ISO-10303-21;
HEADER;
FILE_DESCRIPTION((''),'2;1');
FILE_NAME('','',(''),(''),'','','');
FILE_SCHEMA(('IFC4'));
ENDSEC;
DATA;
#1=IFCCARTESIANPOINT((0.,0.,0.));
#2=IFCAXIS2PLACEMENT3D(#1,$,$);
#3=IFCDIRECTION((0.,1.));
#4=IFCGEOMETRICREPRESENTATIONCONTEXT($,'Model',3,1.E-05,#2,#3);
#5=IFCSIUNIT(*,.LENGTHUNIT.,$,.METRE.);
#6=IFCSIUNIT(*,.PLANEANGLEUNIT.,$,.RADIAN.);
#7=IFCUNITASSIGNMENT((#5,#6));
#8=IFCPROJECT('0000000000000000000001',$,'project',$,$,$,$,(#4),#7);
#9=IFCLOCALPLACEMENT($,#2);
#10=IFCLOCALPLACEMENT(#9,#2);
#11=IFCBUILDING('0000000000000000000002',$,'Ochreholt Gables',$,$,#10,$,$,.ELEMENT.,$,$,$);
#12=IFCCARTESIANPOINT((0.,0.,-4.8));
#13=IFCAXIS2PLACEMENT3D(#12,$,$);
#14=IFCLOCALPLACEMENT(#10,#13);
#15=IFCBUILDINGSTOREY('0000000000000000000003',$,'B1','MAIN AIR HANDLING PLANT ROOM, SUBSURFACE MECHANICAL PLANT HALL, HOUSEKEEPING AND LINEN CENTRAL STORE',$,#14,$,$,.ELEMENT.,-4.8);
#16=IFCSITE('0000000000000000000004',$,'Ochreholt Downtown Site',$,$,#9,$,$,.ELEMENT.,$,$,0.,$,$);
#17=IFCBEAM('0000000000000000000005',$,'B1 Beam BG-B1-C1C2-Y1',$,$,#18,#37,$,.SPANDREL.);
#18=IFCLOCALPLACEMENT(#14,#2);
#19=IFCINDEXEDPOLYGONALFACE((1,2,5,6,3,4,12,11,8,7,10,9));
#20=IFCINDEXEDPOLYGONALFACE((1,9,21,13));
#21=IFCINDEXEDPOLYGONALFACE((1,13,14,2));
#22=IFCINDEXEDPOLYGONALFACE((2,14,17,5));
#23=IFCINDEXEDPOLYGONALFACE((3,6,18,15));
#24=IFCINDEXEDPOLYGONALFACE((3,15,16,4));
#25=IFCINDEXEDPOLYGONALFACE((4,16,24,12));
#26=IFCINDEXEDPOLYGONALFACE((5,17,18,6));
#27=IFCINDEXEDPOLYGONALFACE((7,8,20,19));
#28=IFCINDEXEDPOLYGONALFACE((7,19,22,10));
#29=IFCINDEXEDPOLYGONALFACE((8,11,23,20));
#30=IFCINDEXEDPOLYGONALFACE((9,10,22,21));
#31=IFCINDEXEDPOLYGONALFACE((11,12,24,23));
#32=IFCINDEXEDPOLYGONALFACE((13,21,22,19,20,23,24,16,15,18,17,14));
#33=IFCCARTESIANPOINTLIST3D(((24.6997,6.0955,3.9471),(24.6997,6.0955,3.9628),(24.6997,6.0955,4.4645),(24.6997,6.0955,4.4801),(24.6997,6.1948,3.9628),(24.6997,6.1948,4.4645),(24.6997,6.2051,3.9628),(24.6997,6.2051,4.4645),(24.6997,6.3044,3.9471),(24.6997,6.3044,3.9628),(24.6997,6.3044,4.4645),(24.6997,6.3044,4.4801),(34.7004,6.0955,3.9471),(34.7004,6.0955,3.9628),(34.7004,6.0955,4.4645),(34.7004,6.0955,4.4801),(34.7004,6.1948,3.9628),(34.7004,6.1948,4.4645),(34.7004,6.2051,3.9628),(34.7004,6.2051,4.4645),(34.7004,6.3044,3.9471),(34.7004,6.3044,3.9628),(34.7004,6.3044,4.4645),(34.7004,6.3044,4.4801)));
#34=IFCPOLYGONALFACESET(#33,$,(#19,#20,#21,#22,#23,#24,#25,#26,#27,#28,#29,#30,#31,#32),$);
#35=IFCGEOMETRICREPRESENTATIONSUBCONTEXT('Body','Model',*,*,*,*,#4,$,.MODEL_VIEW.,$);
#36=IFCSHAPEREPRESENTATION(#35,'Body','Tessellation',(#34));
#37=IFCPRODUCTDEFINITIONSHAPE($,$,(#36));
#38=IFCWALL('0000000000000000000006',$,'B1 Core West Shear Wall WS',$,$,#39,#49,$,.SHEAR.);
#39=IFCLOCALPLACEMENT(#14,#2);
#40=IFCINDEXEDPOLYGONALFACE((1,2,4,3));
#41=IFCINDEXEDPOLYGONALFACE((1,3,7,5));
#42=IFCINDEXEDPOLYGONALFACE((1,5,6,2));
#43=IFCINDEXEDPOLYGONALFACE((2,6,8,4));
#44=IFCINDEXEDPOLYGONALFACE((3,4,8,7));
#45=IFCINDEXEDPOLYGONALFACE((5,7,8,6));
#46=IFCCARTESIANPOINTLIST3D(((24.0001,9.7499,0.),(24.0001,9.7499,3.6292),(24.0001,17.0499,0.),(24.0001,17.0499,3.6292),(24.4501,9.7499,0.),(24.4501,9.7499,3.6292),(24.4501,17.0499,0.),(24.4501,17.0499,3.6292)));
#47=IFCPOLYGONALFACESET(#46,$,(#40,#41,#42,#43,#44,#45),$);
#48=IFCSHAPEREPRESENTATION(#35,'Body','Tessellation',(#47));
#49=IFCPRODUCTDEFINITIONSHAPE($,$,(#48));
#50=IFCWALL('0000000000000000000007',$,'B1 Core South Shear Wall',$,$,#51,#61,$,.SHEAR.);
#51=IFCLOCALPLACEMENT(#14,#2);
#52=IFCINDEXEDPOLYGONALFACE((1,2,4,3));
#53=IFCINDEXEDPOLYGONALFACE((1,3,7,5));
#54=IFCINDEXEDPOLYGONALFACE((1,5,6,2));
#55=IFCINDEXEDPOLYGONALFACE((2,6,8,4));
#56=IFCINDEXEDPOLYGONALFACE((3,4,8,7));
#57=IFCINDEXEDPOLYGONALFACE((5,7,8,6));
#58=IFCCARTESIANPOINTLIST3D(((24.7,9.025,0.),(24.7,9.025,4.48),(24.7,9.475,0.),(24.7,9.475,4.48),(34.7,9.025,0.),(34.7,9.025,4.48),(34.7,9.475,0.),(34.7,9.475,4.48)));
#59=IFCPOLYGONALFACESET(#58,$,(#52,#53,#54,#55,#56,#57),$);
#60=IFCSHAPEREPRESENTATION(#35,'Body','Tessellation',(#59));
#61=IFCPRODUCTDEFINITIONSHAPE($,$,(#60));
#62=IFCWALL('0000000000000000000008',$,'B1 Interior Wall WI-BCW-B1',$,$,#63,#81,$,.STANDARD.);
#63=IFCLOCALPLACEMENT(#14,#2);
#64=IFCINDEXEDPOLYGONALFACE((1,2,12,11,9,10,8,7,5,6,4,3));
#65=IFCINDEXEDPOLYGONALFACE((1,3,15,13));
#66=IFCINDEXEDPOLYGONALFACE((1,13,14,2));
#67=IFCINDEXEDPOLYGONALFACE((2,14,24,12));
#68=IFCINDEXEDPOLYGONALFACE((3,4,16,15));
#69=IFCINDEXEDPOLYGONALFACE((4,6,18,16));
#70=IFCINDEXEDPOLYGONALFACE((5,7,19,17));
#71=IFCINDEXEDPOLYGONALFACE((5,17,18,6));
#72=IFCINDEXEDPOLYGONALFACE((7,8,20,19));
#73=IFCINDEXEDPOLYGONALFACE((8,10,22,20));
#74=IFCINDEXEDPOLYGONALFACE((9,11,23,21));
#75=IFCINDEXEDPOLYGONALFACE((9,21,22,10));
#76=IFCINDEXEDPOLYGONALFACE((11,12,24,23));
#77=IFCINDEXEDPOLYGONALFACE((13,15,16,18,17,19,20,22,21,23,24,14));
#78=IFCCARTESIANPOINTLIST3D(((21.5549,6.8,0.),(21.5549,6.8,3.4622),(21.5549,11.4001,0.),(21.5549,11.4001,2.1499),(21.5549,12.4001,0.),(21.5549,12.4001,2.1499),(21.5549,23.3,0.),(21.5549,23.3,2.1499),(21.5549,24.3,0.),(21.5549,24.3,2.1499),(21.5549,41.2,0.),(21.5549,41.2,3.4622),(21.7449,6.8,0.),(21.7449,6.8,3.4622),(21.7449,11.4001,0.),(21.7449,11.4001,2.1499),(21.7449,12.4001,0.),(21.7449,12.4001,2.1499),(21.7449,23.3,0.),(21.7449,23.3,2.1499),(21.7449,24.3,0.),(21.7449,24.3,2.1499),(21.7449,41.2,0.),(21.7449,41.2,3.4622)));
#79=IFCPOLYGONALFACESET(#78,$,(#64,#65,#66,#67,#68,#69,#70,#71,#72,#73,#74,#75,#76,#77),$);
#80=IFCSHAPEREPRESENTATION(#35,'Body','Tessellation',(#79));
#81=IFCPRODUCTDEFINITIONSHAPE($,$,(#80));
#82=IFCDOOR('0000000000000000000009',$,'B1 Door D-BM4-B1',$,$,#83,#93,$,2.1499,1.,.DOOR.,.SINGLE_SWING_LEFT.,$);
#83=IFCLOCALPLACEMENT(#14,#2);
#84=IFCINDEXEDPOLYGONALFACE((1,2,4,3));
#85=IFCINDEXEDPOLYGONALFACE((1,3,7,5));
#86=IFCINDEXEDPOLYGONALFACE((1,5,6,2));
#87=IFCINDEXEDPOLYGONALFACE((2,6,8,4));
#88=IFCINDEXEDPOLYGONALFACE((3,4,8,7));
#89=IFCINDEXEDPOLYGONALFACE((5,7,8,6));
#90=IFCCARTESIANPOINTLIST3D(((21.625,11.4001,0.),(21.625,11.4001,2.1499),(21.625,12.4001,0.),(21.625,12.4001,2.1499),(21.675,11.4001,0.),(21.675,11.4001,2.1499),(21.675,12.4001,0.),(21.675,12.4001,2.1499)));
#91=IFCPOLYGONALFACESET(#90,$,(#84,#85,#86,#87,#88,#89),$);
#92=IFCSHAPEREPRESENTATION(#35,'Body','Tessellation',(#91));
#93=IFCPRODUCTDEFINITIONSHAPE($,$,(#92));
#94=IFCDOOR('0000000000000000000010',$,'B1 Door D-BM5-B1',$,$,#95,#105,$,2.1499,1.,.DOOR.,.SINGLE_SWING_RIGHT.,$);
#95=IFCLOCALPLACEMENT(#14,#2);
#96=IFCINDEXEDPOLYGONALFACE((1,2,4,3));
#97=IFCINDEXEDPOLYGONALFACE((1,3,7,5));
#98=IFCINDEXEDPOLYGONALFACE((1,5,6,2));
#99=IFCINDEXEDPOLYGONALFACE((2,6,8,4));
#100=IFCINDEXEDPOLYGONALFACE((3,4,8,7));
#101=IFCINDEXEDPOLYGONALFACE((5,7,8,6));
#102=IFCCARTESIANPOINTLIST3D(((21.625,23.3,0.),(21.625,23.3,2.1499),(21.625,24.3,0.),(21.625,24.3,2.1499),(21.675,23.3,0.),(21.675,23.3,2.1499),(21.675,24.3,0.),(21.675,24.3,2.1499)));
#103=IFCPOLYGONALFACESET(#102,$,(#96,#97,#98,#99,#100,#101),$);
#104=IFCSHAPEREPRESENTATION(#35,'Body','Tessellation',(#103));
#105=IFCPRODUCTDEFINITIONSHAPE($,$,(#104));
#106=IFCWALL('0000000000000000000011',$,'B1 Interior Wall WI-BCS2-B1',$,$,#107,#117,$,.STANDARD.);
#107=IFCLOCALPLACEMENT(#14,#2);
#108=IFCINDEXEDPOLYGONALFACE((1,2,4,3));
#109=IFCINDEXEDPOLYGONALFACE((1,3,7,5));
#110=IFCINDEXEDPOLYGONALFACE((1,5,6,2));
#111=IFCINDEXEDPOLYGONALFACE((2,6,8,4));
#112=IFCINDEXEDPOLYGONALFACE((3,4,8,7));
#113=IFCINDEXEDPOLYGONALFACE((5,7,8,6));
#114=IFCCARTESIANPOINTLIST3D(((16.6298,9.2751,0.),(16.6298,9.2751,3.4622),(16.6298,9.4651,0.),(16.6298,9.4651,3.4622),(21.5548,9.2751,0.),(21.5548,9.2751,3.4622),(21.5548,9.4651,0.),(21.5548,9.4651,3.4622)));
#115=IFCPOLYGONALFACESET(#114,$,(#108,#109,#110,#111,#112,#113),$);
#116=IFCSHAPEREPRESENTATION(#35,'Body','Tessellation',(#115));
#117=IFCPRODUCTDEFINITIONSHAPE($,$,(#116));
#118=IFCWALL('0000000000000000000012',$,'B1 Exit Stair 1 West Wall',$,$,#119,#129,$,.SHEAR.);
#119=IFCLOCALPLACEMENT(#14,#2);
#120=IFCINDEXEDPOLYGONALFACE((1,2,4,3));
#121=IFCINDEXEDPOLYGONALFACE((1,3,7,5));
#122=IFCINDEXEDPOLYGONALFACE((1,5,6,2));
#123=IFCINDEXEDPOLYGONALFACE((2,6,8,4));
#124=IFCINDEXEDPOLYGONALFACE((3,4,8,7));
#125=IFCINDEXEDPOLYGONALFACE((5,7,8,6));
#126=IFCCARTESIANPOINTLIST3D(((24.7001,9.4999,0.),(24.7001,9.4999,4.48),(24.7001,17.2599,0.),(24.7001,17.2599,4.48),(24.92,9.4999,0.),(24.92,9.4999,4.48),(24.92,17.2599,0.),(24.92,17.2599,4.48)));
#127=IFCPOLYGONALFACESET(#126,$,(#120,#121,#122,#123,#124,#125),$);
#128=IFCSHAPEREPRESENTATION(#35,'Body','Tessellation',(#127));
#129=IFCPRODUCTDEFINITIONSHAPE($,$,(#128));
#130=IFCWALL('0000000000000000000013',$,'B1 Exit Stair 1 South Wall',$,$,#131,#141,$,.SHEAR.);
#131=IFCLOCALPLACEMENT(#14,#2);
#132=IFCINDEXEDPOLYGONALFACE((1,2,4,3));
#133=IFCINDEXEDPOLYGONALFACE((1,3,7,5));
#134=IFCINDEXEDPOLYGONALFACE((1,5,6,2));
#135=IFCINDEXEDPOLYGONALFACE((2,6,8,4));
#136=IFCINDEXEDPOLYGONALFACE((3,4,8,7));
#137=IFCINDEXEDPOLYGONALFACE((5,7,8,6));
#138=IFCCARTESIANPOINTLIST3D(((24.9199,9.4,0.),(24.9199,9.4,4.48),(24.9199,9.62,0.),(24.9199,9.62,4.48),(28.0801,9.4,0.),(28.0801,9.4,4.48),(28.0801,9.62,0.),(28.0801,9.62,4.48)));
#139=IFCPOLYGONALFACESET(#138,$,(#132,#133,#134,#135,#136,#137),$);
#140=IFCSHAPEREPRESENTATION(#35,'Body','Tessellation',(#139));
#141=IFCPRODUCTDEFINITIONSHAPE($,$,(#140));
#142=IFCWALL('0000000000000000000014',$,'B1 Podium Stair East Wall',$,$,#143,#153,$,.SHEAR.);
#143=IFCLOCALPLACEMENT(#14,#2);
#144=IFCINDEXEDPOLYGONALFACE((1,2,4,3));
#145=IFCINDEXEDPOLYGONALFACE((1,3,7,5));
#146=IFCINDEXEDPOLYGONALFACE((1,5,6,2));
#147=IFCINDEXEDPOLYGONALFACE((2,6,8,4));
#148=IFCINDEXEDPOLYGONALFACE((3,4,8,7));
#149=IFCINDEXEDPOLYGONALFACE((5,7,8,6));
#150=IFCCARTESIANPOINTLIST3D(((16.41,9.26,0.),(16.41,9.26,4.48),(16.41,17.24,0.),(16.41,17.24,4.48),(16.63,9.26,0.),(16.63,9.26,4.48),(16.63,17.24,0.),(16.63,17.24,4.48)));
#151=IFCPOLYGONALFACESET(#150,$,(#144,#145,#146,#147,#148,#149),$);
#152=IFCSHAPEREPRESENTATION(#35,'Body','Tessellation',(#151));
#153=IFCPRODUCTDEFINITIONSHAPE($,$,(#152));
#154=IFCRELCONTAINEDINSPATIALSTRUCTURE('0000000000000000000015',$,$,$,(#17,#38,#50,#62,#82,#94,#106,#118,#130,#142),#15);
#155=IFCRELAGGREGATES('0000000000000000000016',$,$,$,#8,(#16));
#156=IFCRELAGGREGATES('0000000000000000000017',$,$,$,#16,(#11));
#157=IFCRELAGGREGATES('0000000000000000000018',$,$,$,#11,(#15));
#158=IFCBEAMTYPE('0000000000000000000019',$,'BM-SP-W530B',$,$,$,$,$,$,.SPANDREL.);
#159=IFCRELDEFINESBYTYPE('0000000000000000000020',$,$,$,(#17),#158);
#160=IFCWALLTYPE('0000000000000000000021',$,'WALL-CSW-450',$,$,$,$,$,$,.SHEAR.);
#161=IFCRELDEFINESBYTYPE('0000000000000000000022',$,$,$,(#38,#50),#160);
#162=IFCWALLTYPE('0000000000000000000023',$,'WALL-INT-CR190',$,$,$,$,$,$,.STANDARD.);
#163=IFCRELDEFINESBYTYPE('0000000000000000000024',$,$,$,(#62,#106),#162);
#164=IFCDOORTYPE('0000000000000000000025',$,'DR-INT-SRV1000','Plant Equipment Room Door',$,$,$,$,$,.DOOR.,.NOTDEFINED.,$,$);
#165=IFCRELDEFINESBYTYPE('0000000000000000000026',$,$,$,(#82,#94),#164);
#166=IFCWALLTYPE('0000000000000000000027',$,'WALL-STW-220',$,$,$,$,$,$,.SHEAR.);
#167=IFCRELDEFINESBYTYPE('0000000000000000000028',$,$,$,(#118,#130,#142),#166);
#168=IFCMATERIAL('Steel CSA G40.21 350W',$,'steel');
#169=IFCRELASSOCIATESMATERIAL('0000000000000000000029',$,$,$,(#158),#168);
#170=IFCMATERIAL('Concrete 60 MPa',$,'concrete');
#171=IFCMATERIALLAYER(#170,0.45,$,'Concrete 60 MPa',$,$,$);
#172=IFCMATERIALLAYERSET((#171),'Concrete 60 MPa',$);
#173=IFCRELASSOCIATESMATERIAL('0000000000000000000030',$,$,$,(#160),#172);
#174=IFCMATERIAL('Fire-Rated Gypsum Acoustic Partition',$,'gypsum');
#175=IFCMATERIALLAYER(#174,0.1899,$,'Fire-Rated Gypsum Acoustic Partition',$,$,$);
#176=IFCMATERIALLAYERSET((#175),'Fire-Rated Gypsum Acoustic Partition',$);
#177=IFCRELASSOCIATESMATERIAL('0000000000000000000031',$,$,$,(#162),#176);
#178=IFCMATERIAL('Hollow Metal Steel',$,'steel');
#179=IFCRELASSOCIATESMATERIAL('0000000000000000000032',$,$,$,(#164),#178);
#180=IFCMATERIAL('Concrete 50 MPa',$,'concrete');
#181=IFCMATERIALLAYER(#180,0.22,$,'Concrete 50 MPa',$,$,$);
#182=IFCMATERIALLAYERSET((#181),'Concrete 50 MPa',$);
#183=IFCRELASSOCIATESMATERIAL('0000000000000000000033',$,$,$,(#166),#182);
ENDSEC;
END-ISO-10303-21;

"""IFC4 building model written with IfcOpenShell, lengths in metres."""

from ifc_helpers import new_model, si_unit, direction, frame, frame_2d, origin, origin_2d, place, context, subcontext, project, spatial, rectangle, i_section, extrude, material, layer, layer_set, material_profile, profile_set, type_object, element, fill, save


model = new_model("IFC4")

# Units and contexts
model_context = context("Model", 3, precision=1e-05, world=origin(), true_north=direction((0.0, 1.0)))
body_context = subcontext(model_context, "Body", "Model", "MODEL_VIEW")
ifc_project = project(units=[si_unit("LENGTHUNIT", "METRE"), si_unit("PLANEANGLEUNIT", "RADIAN")], contexts=[model_context])

# Site, building, storey
site_placement = place(None, origin())
site = spatial("IfcSite", under=ifc_project, at=site_placement, Name="Ochreholt Downtown Site", CompositionType="ELEMENT", RefElevation=0.0)
building_placement = place(site_placement, origin())
building = spatial("IfcBuilding", under=site, at=building_placement, Name="Ochreholt Gables", CompositionType="ELEMENT")
storey_placement = place(building_placement, frame((0.0, 0.0, -4.8)))
storey = spatial("IfcBuildingStorey", under=building, at=storey_placement, Name="B1", Description="MAIN AIR HANDLING PLANT ROOM, SUBSURFACE MECHANICAL PLANT HALL, HOUSEKEEPING AND LINEN CENTRAL STORE", CompositionType="ELEMENT", Elevation=-4.8)

# Shared definitions
ifc_material_1 = material(Name="Concrete 60 MPa", Category="concrete")

# Beam
ifc_material_2 = material(Name="Steel CSA G40.21 350W", Category="steel")
ifc_material_profile_1 = material_profile(ifc_material_2, i_section(OverallWidth=0.209, OverallDepth=0.533, WebThickness=0.0103, FlangeThickness=0.0156, at=origin_2d()), Name="W530X92")
ifc_profile_set_1 = profile_set([ifc_material_profile_1], Name="Steel CSA G40.21 350W")
beam_type_1 = type_object("IfcBeamType", Name="BM-SP-W530B", PredefinedType="SPANDREL", material=ifc_profile_set_1)
beam_1_placement = place(storey_placement, frame((24.6997, 6.2, 4.2136), z_axis=(1.0, 0.0, 0.0), x_axis=(0.0, 1.0, 0.0)))
element("IfcBeam", 1, at=beam_1_placement, inside=storey, type_object=beam_type_1, Name="B1 Beam BG-B1-C1C2-Y1", PredefinedType="SPANDREL", context=body_context, shape_type="SweptSolid", body=[
    extrude(i_section(OverallWidth=0.209, OverallDepth=0.533, WebThickness=0.0103, FlangeThickness=0.0156, at=origin_2d()), origin(), (0.0, 0.0, 1.0), 10.0007),
])

# Walls
ifc_layer_1 = layer(ifc_material_1, 0.45, Name="Concrete 60 MPa")
ifc_layer_set_1 = layer_set([ifc_layer_1], Name="Concrete 60 MPa")
wall_type_1 = type_object("IfcWallType", Name="WALL-CSW-450", PredefinedType="SHEAR", material=ifc_layer_set_1)
wall_1_placement = place(storey_placement, frame((24.2251, 9.75, 0.0), z_axis=(0.0, 0.0, 1.0), x_axis=(0.0, 1.0, 0.0)))
element("IfcWall", 2, at=wall_1_placement, inside=storey, type_object=wall_type_1, Name="B1 Core West Shear Wall WS", PredefinedType="SHEAR", context=body_context, shape_type="SweptSolid", body=[
    extrude(rectangle(XDim=7.3, YDim=0.45, at=frame_2d((3.6499, 0.0))), origin(), (0.0, 0.0, 1.0), 3.6292),
])
wall_2_placement = place(storey_placement, frame((24.7, 9.25, 0.0), z_axis=(0.0, 0.0, 1.0), x_axis=(1.0, 0.0, 0.0)))
element("IfcWall", 3, at=wall_2_placement, inside=storey, type_object=wall_type_1, Name="B1 Core South Shear Wall", PredefinedType="SHEAR", context=body_context, shape_type="SweptSolid", body=[
    extrude(rectangle(XDim=10.0, YDim=0.45, at=frame_2d((5.0, 0.0))), origin(), (0.0, 0.0, 1.0), 4.48),
])

# Wall, openings, doors
ifc_material_3 = material(Name="Fire-Rated Gypsum Acoustic Partition", Category="gypsum")
ifc_layer_2 = layer(ifc_material_3, 0.1899, Name="Fire-Rated Gypsum Acoustic Partition")
ifc_layer_set_2 = layer_set([ifc_layer_2], Name="Fire-Rated Gypsum Acoustic Partition")
wall_type_2 = type_object("IfcWallType", Name="WALL-INT-CR190", PredefinedType="STANDARD", material=ifc_layer_set_2)
wall_3_placement = place(storey_placement, frame((21.6499, 6.8, 0.0), z_axis=(0.0, 0.0, 1.0), x_axis=(0.0, 1.0, 0.0)))
wall_3 = element("IfcWall", 4, at=wall_3_placement, inside=storey, type_object=wall_type_2, Name="B1 Interior Wall WI-BCW-B1", PredefinedType="STANDARD", context=body_context, shape_type="SweptSolid", body=[
    extrude(rectangle(XDim=34.3999, YDim=0.1899, at=frame_2d((17.2, 0.0))), origin(), (0.0, 0.0, 1.0), 3.4622),
])
opening_1_placement = place(wall_3_placement, frame((4.6001, 0.0, 0.0)))
opening_1 = element("IfcOpeningElement", 5, at=opening_1_placement, cuts=wall_3, PredefinedType="OPENING", context=body_context, shape_type="SweptSolid", body=[
    extrude(rectangle(XDim=1.0, YDim=2.1499, at=frame_2d((0.5, 1.075))), frame((0.0, 0.105, 0.0), z_axis=(0.0, -1.0, 0.0), x_axis=(1.0, 0.0, 0.0)), (0.0, 0.0, 1.0), 0.21),
])
opening_2_placement = place(wall_3_placement, frame((16.5, 0.0, 0.0)))
opening_2 = element("IfcOpeningElement", 6, at=opening_2_placement, cuts=wall_3, PredefinedType="OPENING", context=body_context, shape_type="SweptSolid", body=[
    extrude(rectangle(XDim=1.0, YDim=2.1499, at=frame_2d((0.5, 1.075))), frame((0.0, 0.105, 0.0), z_axis=(0.0, -1.0, 0.0), x_axis=(1.0, 0.0, 0.0)), (0.0, 0.0, 1.0), 0.21),
])
ifc_material_4 = material(Name="Hollow Metal Steel", Category="steel")
door_type = type_object("IfcDoorType", Name="DR-INT-SRV1000", Description="Plant Equipment Room Door", OperationType="NOTDEFINED", PredefinedType="DOOR", material=ifc_material_4)
door_1_placement = place(opening_1_placement, origin())
door_1 = element("IfcDoor", 7, at=door_1_placement, inside=storey, type_object=door_type, Name="B1 Door D-BM4-B1", OperationType="SINGLE_SWING_LEFT", OverallHeight=2.1499, OverallWidth=1.0, PredefinedType="DOOR", context=body_context, shape_type="SweptSolid", body=[
    extrude(rectangle(XDim=1.0, YDim=2.1499, at=frame_2d((0.5, 1.075))), frame((0.0, 0.0249, 0.0), z_axis=(0.0, -1.0, 0.0), x_axis=(1.0, 0.0, 0.0)), (0.0, 0.0, 1.0), 0.05),
])
fill(opening_1, door_1)
door_2_placement = place(opening_2_placement, origin())
door_2 = element("IfcDoor", 8, at=door_2_placement, inside=storey, type_object=door_type, Name="B1 Door D-BM5-B1", OperationType="SINGLE_SWING_RIGHT", OverallHeight=2.1499, OverallWidth=1.0, PredefinedType="DOOR", context=body_context, shape_type="SweptSolid", body=[
    extrude(rectangle(XDim=1.0, YDim=2.1499, at=frame_2d((0.5, 1.075))), frame((0.0, 0.0249, 0.0), z_axis=(0.0, -1.0, 0.0), x_axis=(1.0, 0.0, 0.0)), (0.0, 0.0, 1.0), 0.05),
])
fill(opening_2, door_2)

# Walls
wall_4_placement = place(storey_placement, frame((16.6299, 9.3701, 0.0), z_axis=(0.0, 0.0, 1.0), x_axis=(1.0, 0.0, 0.0)))
element("IfcWall", 9, at=wall_4_placement, inside=storey, type_object=wall_type_2, Name="B1 Interior Wall WI-BCS2-B1", PredefinedType="STANDARD", context=body_context, shape_type="SweptSolid", body=[
    extrude(rectangle(XDim=4.925, YDim=0.1899, at=frame_2d((2.4624, 0.0))), origin(), (0.0, 0.0, 1.0), 3.4622),
])
ifc_material_5 = material(Name="Concrete 50 MPa", Category="concrete")
ifc_layer_3 = layer(ifc_material_5, 0.22, Name="Concrete 50 MPa")
ifc_layer_set_3 = layer_set([ifc_layer_3], Name="Concrete 50 MPa")
wall_type_3 = type_object("IfcWallType", Name="WALL-STW-220", PredefinedType="SHEAR", material=ifc_layer_set_3)
wall_5_placement = place(storey_placement, frame((24.8101, 9.5, 0.0), z_axis=(0.0, 0.0, 1.0), x_axis=(0.0, 1.0, 0.0)))
element("IfcWall", 10, at=wall_5_placement, inside=storey, type_object=wall_type_3, Name="B1 Exit Stair 1 West Wall", PredefinedType="SHEAR", context=body_context, shape_type="SweptSolid", body=[
    extrude(rectangle(XDim=7.76, YDim=0.22, at=frame_2d((3.8799, 0.0))), origin(), (0.0, 0.0, 1.0), 4.48),
])
wall_6_placement = place(storey_placement, frame((24.9199, 9.51, 0.0), z_axis=(0.0, 0.0, 1.0), x_axis=(1.0, 0.0, 0.0)))
element("IfcWall", 11, at=wall_6_placement, inside=storey, type_object=wall_type_3, Name="B1 Exit Stair 1 South Wall", PredefinedType="SHEAR", context=body_context, shape_type="SweptSolid", body=[
    extrude(rectangle(XDim=3.1602, YDim=0.22, at=frame_2d((1.5801, 0.0))), origin(), (0.0, 0.0, 1.0), 4.48),
])
wall_7_placement = place(storey_placement, frame((16.52, 9.26, 0.0), z_axis=(0.0, 0.0, 1.0), x_axis=(0.0, 1.0, 0.0)))
element("IfcWall", 12, at=wall_7_placement, inside=storey, type_object=wall_type_3, Name="B1 Podium Stair East Wall", PredefinedType="SHEAR", context=body_context, shape_type="SweptSolid", body=[
    extrude(rectangle(XDim=7.98, YDim=0.22, at=frame_2d((3.99, 0.0))), origin(), (0.0, 0.0, 1.0), 4.48),
])

save(model, "model.ifc")
